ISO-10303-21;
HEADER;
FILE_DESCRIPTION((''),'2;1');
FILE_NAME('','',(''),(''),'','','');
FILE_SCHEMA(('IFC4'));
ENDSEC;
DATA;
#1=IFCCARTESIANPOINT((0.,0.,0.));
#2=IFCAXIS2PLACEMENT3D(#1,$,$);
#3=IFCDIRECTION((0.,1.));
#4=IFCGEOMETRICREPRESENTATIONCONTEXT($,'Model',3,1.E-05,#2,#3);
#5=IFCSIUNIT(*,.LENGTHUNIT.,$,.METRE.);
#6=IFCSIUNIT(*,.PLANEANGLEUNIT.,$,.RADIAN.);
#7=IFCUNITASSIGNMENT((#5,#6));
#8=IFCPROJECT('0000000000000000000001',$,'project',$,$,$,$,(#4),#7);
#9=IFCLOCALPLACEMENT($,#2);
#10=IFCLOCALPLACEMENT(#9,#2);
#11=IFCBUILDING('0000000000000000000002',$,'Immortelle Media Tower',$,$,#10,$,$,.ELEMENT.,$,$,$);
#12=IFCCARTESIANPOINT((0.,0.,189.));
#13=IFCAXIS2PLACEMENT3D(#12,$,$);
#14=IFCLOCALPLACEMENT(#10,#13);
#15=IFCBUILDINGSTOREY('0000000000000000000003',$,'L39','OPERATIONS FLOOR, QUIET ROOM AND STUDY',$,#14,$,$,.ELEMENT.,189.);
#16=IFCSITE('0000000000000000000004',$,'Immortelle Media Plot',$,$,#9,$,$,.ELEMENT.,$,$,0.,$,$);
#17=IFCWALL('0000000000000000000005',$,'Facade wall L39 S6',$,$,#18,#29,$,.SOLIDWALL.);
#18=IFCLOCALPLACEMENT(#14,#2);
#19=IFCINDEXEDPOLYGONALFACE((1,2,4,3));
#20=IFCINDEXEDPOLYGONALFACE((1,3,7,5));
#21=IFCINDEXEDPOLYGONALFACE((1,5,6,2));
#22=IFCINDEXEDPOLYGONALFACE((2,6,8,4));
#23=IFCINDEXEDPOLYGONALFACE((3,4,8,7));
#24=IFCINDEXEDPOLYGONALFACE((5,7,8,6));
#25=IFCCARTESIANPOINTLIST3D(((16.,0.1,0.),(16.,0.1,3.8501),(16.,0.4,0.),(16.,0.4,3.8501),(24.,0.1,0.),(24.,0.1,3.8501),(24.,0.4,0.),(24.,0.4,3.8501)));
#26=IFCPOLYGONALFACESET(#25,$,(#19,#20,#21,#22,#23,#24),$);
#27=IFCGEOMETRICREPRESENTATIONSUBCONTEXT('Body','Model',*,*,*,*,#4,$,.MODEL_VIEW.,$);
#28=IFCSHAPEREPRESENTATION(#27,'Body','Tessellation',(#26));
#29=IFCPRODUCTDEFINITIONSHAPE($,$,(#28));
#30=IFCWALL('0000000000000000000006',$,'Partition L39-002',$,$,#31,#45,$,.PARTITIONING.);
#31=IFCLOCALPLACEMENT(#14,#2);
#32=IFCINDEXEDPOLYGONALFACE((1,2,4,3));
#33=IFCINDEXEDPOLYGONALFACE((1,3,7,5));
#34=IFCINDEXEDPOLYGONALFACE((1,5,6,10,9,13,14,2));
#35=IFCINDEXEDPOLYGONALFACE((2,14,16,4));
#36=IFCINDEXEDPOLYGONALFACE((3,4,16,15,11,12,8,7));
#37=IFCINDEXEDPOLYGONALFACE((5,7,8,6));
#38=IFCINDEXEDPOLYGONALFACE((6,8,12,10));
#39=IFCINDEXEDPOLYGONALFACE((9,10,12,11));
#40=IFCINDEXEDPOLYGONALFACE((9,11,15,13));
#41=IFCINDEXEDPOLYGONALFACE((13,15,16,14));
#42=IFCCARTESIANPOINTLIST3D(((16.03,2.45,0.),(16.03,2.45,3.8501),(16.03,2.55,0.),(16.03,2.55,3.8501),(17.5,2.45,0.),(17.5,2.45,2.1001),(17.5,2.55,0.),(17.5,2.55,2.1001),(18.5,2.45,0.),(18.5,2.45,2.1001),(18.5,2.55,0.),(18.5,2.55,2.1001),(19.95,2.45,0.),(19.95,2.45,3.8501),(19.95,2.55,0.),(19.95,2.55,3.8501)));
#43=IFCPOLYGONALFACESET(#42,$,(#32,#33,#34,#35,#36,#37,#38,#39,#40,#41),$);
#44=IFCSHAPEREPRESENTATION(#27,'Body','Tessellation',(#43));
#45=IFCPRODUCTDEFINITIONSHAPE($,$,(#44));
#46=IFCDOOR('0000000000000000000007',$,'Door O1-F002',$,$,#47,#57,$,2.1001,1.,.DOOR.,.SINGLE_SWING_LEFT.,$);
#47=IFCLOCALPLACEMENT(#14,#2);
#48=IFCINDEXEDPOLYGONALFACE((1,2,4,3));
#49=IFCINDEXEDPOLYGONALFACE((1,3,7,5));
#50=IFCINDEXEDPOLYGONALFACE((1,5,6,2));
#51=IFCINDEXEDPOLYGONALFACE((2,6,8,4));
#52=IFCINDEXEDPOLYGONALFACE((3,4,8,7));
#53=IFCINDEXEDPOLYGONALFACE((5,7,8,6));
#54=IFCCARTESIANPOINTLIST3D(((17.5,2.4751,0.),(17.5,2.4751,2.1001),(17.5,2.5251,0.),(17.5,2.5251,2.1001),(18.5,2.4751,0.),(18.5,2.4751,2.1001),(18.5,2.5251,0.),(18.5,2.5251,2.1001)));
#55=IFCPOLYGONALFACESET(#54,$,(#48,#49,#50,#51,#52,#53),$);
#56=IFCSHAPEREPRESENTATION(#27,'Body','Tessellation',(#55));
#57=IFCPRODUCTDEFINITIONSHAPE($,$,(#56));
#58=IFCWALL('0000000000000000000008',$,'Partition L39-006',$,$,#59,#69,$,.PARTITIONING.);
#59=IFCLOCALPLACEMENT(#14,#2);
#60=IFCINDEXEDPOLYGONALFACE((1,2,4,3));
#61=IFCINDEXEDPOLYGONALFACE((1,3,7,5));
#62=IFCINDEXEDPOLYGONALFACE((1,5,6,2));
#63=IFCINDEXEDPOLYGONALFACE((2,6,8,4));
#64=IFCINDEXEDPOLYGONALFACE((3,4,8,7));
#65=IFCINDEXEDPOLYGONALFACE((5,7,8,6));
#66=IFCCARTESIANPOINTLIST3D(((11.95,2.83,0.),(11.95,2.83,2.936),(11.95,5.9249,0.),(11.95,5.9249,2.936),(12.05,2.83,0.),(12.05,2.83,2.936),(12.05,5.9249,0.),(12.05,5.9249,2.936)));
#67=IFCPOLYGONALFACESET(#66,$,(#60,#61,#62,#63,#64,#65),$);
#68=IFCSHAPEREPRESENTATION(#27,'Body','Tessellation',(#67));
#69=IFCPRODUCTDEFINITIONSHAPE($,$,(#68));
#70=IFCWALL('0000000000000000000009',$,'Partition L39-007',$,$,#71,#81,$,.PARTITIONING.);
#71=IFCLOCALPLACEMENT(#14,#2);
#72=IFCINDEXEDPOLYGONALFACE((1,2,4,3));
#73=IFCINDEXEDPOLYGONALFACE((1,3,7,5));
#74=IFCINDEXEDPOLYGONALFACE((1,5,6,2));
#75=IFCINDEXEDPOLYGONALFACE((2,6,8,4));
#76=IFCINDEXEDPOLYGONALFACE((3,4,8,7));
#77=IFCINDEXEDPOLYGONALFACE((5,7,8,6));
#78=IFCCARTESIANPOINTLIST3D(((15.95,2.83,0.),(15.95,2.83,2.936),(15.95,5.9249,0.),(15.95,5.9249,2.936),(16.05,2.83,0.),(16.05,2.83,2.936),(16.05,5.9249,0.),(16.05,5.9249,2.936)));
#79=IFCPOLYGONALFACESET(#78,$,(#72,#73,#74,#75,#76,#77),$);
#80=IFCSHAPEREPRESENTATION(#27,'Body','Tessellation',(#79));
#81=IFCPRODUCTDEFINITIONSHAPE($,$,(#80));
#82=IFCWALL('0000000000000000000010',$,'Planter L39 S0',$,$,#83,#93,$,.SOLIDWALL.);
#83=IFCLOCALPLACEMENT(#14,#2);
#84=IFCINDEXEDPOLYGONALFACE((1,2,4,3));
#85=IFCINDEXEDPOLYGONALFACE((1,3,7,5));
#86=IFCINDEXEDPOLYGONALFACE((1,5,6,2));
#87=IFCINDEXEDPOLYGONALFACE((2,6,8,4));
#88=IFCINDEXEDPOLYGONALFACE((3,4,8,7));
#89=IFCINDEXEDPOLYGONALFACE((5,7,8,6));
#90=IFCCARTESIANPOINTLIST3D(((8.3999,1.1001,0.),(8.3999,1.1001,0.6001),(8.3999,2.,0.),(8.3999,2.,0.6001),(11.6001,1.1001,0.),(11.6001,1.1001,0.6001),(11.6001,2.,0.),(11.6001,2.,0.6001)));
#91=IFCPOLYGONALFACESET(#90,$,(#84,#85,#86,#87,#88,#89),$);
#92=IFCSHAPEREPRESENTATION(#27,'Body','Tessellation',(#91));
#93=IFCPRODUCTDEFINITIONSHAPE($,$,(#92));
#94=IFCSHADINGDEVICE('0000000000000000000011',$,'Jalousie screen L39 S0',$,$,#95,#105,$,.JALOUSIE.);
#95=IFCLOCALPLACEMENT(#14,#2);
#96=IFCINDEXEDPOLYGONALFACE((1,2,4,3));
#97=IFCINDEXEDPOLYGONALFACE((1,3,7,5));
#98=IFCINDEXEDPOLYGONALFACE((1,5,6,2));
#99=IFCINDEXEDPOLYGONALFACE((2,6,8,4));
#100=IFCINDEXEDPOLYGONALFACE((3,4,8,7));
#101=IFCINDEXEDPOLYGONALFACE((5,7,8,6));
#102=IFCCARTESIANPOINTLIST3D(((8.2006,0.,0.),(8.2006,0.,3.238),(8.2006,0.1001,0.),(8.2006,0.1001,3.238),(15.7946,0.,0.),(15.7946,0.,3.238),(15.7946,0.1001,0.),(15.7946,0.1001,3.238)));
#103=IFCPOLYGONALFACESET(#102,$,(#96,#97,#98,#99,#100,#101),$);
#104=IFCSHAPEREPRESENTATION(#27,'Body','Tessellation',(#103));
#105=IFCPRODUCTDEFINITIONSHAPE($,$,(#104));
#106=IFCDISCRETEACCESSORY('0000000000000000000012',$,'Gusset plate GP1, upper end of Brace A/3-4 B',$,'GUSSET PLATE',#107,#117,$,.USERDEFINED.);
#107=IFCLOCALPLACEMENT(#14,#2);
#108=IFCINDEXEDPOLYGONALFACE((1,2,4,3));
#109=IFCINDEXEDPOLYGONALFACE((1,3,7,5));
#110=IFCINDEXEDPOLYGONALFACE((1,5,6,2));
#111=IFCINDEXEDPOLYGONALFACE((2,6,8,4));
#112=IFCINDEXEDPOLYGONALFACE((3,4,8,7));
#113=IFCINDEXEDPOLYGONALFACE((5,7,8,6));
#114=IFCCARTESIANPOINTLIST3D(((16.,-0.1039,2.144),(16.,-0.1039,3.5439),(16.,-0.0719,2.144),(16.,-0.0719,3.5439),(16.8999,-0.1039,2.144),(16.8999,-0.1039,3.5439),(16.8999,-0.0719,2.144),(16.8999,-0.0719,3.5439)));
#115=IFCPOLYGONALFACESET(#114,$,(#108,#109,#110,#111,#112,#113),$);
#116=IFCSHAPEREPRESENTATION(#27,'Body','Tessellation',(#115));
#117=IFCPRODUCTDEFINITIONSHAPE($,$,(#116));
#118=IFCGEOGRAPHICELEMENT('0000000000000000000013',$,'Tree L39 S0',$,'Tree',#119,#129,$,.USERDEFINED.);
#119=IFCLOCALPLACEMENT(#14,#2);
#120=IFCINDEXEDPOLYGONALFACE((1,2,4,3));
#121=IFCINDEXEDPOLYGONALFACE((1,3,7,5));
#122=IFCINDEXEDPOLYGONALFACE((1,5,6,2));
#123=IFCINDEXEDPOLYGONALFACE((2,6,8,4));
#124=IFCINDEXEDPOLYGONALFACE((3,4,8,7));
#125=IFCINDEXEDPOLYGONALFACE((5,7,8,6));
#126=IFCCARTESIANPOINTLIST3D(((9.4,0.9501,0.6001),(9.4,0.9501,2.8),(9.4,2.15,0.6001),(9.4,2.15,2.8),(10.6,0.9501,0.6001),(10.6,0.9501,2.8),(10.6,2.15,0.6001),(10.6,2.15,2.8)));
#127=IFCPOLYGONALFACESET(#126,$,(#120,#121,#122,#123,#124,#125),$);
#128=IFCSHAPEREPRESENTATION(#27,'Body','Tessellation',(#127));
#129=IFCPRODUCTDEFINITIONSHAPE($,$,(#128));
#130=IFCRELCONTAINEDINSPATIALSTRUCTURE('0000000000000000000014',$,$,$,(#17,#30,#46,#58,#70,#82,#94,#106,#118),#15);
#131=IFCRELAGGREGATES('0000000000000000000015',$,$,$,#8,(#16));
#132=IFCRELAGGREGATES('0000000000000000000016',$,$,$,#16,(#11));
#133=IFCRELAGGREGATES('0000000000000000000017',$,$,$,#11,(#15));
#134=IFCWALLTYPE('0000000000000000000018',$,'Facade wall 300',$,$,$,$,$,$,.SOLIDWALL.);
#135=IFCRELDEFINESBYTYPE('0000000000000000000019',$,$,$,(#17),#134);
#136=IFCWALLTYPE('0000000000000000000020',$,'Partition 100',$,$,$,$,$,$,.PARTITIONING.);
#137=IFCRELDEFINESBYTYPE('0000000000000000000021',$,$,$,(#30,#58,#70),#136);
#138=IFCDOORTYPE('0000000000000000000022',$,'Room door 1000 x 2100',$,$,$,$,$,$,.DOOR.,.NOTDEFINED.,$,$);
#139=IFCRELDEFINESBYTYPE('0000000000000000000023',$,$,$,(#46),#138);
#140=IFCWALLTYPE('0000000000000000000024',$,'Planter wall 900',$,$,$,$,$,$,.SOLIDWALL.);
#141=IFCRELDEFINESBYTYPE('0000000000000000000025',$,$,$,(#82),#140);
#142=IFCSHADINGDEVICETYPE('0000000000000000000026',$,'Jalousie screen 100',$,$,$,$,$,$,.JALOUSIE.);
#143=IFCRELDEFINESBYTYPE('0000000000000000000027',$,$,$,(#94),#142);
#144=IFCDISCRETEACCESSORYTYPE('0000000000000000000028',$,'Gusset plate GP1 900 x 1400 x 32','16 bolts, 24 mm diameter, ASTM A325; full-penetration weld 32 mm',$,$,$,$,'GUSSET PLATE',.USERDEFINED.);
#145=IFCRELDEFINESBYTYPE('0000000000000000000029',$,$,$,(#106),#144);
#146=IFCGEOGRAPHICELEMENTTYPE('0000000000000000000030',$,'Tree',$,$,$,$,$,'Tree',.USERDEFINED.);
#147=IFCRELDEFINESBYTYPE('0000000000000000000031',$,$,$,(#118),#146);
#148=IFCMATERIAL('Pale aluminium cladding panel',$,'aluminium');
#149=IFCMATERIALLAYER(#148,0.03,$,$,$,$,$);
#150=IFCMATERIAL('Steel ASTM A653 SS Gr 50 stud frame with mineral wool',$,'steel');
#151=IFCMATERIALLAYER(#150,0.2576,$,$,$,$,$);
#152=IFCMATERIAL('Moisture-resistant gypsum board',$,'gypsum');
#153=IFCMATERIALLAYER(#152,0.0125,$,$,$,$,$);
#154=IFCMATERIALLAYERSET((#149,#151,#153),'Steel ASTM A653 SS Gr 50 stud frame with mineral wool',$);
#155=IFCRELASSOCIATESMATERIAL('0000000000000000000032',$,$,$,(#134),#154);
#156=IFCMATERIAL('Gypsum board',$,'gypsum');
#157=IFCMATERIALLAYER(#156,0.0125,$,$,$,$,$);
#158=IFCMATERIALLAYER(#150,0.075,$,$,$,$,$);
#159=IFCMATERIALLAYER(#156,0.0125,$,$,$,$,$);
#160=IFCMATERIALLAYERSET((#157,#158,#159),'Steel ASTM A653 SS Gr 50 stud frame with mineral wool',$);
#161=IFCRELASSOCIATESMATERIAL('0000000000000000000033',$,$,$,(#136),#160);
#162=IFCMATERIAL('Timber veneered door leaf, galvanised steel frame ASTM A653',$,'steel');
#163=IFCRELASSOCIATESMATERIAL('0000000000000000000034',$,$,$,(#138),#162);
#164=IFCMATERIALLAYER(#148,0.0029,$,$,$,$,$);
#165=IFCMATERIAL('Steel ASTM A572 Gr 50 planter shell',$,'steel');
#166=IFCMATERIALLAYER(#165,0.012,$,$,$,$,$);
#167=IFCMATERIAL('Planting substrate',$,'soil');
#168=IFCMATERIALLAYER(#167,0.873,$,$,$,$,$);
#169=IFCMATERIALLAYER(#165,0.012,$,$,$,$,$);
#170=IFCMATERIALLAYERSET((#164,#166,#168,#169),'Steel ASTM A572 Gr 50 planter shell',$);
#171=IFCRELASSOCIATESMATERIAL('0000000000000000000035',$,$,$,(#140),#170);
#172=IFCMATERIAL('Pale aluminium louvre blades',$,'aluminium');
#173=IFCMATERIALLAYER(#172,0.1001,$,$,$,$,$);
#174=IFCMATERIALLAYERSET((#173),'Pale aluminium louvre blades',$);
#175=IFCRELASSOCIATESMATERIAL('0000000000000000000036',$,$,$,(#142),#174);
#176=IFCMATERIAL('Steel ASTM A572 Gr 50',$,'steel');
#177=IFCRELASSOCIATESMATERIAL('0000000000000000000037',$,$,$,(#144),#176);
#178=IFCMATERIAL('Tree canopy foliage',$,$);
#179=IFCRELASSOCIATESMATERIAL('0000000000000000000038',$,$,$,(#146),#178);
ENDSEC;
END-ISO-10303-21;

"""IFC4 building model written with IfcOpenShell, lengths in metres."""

from ifc_helpers import new_model, si_unit, direction, frame, frame_2d, origin, origin_2d, place, context, subcontext, project, spatial, rectangle, extrude, material, layer, layer_set, material_profile, profile_set, type_object, element, fill, save


model = new_model("IFC4")

# Units and contexts
model_context = context("Model", 3, precision=1e-05, world=origin(), true_north=direction((0.0, 1.0)))
body_context = subcontext(model_context, "Body", "Model", "MODEL_VIEW")
ifc_project = project(units=[si_unit("LENGTHUNIT", "METRE"), si_unit("PLANEANGLEUNIT", "RADIAN")], contexts=[model_context])

# Site, building, storey
site_placement = place(None, origin())
site = spatial("IfcSite", under=ifc_project, at=site_placement, Name="Immortelle Media Plot", CompositionType="ELEMENT", RefElevation=0.0)
building_placement = place(site_placement, origin())
building = spatial("IfcBuilding", under=site, at=building_placement, Name="Immortelle Media Tower", CompositionType="ELEMENT")
storey_placement = place(building_placement, frame((0.0, 0.0, 189.0)))
storey = spatial("IfcBuildingStorey", under=building, at=storey_placement, Name="L39", Description="OPERATIONS FLOOR, QUIET ROOM AND STUDY", CompositionType="ELEMENT", Elevation=189.0)

# Shared definitions
ifc_material_1 = material(Name="Pale aluminium cladding panel", Category="aluminium")
ifc_layer_1 = layer(ifc_material_1, 0.03)
ifc_material_2 = material(Name="Steel ASTM A653 SS Gr 50 stud frame with mineral wool", Category="steel")
ifc_layer_2 = layer(ifc_material_2, 0.2576)
ifc_material_3 = material(Name="Moisture-resistant gypsum board", Category="gypsum")
ifc_layer_3 = layer(ifc_material_3, 0.0125)
ifc_layer_set_1 = layer_set([ifc_layer_1, ifc_layer_2, ifc_layer_3], Name="Steel ASTM A653 SS Gr 50 stud frame with mineral wool")
wall_type_1 = type_object("IfcWallType", Name="Facade wall 300", PredefinedType="SOLIDWALL", material=ifc_layer_set_1)

# Wall
wall_1_placement = place(storey_placement, frame((16.0, 0.25, 0.0), z_axis=(0.0, 0.0, 1.0), x_axis=(1.0, 0.0, 0.0)))
element("IfcWall", 1, at=wall_1_placement, inside=storey, type_object=wall_type_1, Name="Facade wall L39 S6", PredefinedType="SOLIDWALL", context=body_context, shape_type="SweptSolid", body=[
    extrude(rectangle(XDim=8.0, YDim=0.3, at=frame_2d((4.0, 0.0))), origin(), (0.0, 0.0, 1.0), 3.8501),
])

# Wall, opening, door
ifc_material_4 = material(Name="Gypsum board", Category="gypsum")
ifc_layer_4 = layer(ifc_material_4, 0.0125)
ifc_layer_5 = layer(ifc_material_2, 0.075)
ifc_layer_6 = layer(ifc_material_4, 0.0125)
ifc_layer_set_2 = layer_set([ifc_layer_4, ifc_layer_5, ifc_layer_6], Name="Steel ASTM A653 SS Gr 50 stud frame with mineral wool")
wall_type_2 = type_object("IfcWallType", Name="Partition 100", PredefinedType="PARTITIONING", material=ifc_layer_set_2)
wall_2_placement = place(storey_placement, frame((16.03, 2.5, 0.0), z_axis=(0.0, 0.0, 1.0), x_axis=(1.0, 0.0, 0.0)))
wall_2 = element("IfcWall", 2, at=wall_2_placement, inside=storey, type_object=wall_type_2, Name="Partition L39-002", PredefinedType="PARTITIONING", context=body_context, shape_type="SweptSolid", body=[
    extrude(rectangle(XDim=3.9199, YDim=0.1001, at=frame_2d((1.96, 0.0))), origin(), (0.0, 0.0, 1.0), 3.8501),
])
opening_1_placement = place(wall_2_placement, frame((2.47, 0.0, 0.0), z_axis=(0.0, 0.0, 1.0), x_axis=(-1.0, 0.0, 0.0)))
opening_1 = element("IfcOpeningElement", 3, at=opening_1_placement, cuts=wall_2, PredefinedType="OPENING", context=body_context, shape_type="SweptSolid", body=[
    extrude(rectangle(XDim=1.0, YDim=2.1001, at=frame_2d((0.5, 1.05))), frame((0.0, 0.0601, 0.0), z_axis=(0.0, -1.0, 0.0), x_axis=(1.0, 0.0, 0.0)), (0.0, 0.0, 1.0), 0.1201),
])
ifc_material_5 = material(Name="Timber veneered door leaf, galvanised steel frame ASTM A653", Category="steel")
door_type_1 = type_object("IfcDoorType", Name="Room door 1000 x 2100", OperationType="NOTDEFINED", PredefinedType="DOOR", material=ifc_material_5)
door_1_placement = place(opening_1_placement, origin())
door_1 = element("IfcDoor", 4, at=door_1_placement, inside=storey, type_object=door_type_1, Name="Door O1-F002", OperationType="SINGLE_SWING_LEFT", OverallHeight=2.1001, OverallWidth=1.0, PredefinedType="DOOR", context=body_context, shape_type="SweptSolid", body=[
    extrude(rectangle(XDim=1.0, YDim=2.1001, at=frame_2d((0.5, 1.05))), frame((0.0, 0.0249, 0.0), z_axis=(0.0, -1.0, 0.0), x_axis=(1.0, 0.0, 0.0)), (0.0, 0.0, 1.0), 0.05),
])
fill(opening_1, door_1)

# Walls
for number, where, z_axis, x_axis, name in (
    (5, (12.0, 2.8301, 0.0), (0.0, 0.0, 1.0), (0.0, 1.0, 0.0), "Partition L39-006"),
    (6, (16.0, 2.8301, 0.0), (0.0, 0.0, 1.0), (0.0, 1.0, 0.0), "Partition L39-007"),
):
    element("IfcWall", number, at=place(storey_placement, frame(where, z_axis=z_axis, x_axis=x_axis)), inside=storey, type_object=wall_type_2, Name=name, PredefinedType="PARTITIONING", context=body_context, shape_type="SweptSolid", body=[
        extrude(rectangle(XDim=3.095, YDim=0.1001, at=frame_2d((1.5474, 0.0))), origin(), (0.0, 0.0, 1.0), 2.936),
    ])
ifc_layer_7 = layer(ifc_material_1, 0.0029)
ifc_material_6 = material(Name="Steel ASTM A572 Gr 50 planter shell", Category="steel")
ifc_layer_8 = layer(ifc_material_6, 0.012)
ifc_material_7 = material(Name="Planting substrate", Category="soil")
ifc_layer_9 = layer(ifc_material_7, 0.873)
ifc_layer_10 = layer(ifc_material_6, 0.012)
ifc_layer_set_3 = layer_set([ifc_layer_7, ifc_layer_8, ifc_layer_9, ifc_layer_10], Name="Steel ASTM A572 Gr 50 planter shell")
wall_type_3 = type_object("IfcWallType", Name="Planter wall 900", PredefinedType="SOLIDWALL", material=ifc_layer_set_3)
wall_3_placement = place(storey_placement, frame((8.3999, 1.55, 0.0), z_axis=(0.0, 0.0, 1.0), x_axis=(1.0, 0.0, 0.0)))
element("IfcWall", 7, at=wall_3_placement, inside=storey, type_object=wall_type_3, Name="Planter L39 S0", PredefinedType="SOLIDWALL", context=body_context, shape_type="SweptSolid", body=[
    extrude(rectangle(XDim=3.2002, YDim=0.8999, at=frame_2d((1.6001, 0.0))), origin(), (0.0, 0.0, 1.0), 0.6001),
])

# Shading device
ifc_material_8 = material(Name="Pale aluminium louvre blades", Category="aluminium")
ifc_layer_11 = layer(ifc_material_8, 0.1001)
ifc_layer_set_4 = layer_set([ifc_layer_11], Name="Pale aluminium louvre blades")
shading_device_type = type_object("IfcShadingDeviceType", Name="Jalousie screen 100", PredefinedType="JALOUSIE", material=ifc_layer_set_4)
shading_device_placement = place(storey_placement, frame((11.9976, 0.05, 0.0), z_axis=(0.0, 0.0, 1.0), x_axis=(1.0, 0.0, 0.0)))
element("IfcShadingDevice", 8, at=shading_device_placement, inside=storey, type_object=shading_device_type, Name="Jalousie screen L39 S0", PredefinedType="JALOUSIE", context=body_context, shape_type="SweptSolid", body=[
    extrude(rectangle(XDim=7.594, YDim=0.1001, at=origin_2d()), origin(), (0.0, 0.0, 1.0), 3.238),
])

# Discrete accessory
ifc_material_9 = material(Name="Steel ASTM A572 Gr 50", Category="steel")
ifc_material_profile_1 = material_profile(ifc_material_9, rectangle(XDim=0.032, YDim=1.3999, at=origin_2d()), Name="PL 32 x 1400")
ifc_profile_set_1 = profile_set([ifc_material_profile_1], Name="Steel ASTM A572 Gr 50")
discrete_accessory_type = type_object("IfcDiscreteAccessoryType", Name="Gusset plate GP1 900 x 1400 x 32", Description="16 bolts, 24 mm diameter, ASTM A325; full-penetration weld 32 mm", ElementType="GUSSET PLATE", PredefinedType="USERDEFINED", material=ifc_profile_set_1)
discrete_accessory_placement = place(storey_placement, frame((16.0, -0.0879, 2.844), z_axis=(1.0, 0.0, 0.0), x_axis=(0.0, 1.0, 0.0)))
element("IfcDiscreteAccessory", 9, at=discrete_accessory_placement, inside=storey, type_object=discrete_accessory_type, Name="Gusset plate GP1, upper end of Brace A/3-4 B", ObjectType="GUSSET PLATE", PredefinedType="USERDEFINED", context=body_context, shape_type="SweptSolid", body=[
    extrude(rectangle(XDim=0.032, YDim=1.3999, at=origin_2d()), origin(), (0.0, 0.0, 1.0), 0.8999),
])

# Geographic element
ifc_material_10 = material(Name="Tree canopy foliage")
geographic_element_type = type_object("IfcGeographicElementType", Name="Tree", ElementType="Tree", PredefinedType="USERDEFINED", material=ifc_material_10)
geographic_element_placement = place(storey_placement, frame((10.0, 1.55, 0.6001), z_axis=(0.0, 0.0, 1.0), x_axis=(1.0, 0.0, 0.0)))
element("IfcGeographicElement", 10, at=geographic_element_placement, inside=storey, type_object=geographic_element_type, Name="Tree L39 S0", ObjectType="Tree", PredefinedType="USERDEFINED", context=body_context, shape_type="SweptSolid", body=[
    extrude(rectangle(XDim=1.2, YDim=1.2, at=origin_2d()), origin(), (0.0, 0.0, 1.0), 2.2),
])

save(model, "model.ifc")
